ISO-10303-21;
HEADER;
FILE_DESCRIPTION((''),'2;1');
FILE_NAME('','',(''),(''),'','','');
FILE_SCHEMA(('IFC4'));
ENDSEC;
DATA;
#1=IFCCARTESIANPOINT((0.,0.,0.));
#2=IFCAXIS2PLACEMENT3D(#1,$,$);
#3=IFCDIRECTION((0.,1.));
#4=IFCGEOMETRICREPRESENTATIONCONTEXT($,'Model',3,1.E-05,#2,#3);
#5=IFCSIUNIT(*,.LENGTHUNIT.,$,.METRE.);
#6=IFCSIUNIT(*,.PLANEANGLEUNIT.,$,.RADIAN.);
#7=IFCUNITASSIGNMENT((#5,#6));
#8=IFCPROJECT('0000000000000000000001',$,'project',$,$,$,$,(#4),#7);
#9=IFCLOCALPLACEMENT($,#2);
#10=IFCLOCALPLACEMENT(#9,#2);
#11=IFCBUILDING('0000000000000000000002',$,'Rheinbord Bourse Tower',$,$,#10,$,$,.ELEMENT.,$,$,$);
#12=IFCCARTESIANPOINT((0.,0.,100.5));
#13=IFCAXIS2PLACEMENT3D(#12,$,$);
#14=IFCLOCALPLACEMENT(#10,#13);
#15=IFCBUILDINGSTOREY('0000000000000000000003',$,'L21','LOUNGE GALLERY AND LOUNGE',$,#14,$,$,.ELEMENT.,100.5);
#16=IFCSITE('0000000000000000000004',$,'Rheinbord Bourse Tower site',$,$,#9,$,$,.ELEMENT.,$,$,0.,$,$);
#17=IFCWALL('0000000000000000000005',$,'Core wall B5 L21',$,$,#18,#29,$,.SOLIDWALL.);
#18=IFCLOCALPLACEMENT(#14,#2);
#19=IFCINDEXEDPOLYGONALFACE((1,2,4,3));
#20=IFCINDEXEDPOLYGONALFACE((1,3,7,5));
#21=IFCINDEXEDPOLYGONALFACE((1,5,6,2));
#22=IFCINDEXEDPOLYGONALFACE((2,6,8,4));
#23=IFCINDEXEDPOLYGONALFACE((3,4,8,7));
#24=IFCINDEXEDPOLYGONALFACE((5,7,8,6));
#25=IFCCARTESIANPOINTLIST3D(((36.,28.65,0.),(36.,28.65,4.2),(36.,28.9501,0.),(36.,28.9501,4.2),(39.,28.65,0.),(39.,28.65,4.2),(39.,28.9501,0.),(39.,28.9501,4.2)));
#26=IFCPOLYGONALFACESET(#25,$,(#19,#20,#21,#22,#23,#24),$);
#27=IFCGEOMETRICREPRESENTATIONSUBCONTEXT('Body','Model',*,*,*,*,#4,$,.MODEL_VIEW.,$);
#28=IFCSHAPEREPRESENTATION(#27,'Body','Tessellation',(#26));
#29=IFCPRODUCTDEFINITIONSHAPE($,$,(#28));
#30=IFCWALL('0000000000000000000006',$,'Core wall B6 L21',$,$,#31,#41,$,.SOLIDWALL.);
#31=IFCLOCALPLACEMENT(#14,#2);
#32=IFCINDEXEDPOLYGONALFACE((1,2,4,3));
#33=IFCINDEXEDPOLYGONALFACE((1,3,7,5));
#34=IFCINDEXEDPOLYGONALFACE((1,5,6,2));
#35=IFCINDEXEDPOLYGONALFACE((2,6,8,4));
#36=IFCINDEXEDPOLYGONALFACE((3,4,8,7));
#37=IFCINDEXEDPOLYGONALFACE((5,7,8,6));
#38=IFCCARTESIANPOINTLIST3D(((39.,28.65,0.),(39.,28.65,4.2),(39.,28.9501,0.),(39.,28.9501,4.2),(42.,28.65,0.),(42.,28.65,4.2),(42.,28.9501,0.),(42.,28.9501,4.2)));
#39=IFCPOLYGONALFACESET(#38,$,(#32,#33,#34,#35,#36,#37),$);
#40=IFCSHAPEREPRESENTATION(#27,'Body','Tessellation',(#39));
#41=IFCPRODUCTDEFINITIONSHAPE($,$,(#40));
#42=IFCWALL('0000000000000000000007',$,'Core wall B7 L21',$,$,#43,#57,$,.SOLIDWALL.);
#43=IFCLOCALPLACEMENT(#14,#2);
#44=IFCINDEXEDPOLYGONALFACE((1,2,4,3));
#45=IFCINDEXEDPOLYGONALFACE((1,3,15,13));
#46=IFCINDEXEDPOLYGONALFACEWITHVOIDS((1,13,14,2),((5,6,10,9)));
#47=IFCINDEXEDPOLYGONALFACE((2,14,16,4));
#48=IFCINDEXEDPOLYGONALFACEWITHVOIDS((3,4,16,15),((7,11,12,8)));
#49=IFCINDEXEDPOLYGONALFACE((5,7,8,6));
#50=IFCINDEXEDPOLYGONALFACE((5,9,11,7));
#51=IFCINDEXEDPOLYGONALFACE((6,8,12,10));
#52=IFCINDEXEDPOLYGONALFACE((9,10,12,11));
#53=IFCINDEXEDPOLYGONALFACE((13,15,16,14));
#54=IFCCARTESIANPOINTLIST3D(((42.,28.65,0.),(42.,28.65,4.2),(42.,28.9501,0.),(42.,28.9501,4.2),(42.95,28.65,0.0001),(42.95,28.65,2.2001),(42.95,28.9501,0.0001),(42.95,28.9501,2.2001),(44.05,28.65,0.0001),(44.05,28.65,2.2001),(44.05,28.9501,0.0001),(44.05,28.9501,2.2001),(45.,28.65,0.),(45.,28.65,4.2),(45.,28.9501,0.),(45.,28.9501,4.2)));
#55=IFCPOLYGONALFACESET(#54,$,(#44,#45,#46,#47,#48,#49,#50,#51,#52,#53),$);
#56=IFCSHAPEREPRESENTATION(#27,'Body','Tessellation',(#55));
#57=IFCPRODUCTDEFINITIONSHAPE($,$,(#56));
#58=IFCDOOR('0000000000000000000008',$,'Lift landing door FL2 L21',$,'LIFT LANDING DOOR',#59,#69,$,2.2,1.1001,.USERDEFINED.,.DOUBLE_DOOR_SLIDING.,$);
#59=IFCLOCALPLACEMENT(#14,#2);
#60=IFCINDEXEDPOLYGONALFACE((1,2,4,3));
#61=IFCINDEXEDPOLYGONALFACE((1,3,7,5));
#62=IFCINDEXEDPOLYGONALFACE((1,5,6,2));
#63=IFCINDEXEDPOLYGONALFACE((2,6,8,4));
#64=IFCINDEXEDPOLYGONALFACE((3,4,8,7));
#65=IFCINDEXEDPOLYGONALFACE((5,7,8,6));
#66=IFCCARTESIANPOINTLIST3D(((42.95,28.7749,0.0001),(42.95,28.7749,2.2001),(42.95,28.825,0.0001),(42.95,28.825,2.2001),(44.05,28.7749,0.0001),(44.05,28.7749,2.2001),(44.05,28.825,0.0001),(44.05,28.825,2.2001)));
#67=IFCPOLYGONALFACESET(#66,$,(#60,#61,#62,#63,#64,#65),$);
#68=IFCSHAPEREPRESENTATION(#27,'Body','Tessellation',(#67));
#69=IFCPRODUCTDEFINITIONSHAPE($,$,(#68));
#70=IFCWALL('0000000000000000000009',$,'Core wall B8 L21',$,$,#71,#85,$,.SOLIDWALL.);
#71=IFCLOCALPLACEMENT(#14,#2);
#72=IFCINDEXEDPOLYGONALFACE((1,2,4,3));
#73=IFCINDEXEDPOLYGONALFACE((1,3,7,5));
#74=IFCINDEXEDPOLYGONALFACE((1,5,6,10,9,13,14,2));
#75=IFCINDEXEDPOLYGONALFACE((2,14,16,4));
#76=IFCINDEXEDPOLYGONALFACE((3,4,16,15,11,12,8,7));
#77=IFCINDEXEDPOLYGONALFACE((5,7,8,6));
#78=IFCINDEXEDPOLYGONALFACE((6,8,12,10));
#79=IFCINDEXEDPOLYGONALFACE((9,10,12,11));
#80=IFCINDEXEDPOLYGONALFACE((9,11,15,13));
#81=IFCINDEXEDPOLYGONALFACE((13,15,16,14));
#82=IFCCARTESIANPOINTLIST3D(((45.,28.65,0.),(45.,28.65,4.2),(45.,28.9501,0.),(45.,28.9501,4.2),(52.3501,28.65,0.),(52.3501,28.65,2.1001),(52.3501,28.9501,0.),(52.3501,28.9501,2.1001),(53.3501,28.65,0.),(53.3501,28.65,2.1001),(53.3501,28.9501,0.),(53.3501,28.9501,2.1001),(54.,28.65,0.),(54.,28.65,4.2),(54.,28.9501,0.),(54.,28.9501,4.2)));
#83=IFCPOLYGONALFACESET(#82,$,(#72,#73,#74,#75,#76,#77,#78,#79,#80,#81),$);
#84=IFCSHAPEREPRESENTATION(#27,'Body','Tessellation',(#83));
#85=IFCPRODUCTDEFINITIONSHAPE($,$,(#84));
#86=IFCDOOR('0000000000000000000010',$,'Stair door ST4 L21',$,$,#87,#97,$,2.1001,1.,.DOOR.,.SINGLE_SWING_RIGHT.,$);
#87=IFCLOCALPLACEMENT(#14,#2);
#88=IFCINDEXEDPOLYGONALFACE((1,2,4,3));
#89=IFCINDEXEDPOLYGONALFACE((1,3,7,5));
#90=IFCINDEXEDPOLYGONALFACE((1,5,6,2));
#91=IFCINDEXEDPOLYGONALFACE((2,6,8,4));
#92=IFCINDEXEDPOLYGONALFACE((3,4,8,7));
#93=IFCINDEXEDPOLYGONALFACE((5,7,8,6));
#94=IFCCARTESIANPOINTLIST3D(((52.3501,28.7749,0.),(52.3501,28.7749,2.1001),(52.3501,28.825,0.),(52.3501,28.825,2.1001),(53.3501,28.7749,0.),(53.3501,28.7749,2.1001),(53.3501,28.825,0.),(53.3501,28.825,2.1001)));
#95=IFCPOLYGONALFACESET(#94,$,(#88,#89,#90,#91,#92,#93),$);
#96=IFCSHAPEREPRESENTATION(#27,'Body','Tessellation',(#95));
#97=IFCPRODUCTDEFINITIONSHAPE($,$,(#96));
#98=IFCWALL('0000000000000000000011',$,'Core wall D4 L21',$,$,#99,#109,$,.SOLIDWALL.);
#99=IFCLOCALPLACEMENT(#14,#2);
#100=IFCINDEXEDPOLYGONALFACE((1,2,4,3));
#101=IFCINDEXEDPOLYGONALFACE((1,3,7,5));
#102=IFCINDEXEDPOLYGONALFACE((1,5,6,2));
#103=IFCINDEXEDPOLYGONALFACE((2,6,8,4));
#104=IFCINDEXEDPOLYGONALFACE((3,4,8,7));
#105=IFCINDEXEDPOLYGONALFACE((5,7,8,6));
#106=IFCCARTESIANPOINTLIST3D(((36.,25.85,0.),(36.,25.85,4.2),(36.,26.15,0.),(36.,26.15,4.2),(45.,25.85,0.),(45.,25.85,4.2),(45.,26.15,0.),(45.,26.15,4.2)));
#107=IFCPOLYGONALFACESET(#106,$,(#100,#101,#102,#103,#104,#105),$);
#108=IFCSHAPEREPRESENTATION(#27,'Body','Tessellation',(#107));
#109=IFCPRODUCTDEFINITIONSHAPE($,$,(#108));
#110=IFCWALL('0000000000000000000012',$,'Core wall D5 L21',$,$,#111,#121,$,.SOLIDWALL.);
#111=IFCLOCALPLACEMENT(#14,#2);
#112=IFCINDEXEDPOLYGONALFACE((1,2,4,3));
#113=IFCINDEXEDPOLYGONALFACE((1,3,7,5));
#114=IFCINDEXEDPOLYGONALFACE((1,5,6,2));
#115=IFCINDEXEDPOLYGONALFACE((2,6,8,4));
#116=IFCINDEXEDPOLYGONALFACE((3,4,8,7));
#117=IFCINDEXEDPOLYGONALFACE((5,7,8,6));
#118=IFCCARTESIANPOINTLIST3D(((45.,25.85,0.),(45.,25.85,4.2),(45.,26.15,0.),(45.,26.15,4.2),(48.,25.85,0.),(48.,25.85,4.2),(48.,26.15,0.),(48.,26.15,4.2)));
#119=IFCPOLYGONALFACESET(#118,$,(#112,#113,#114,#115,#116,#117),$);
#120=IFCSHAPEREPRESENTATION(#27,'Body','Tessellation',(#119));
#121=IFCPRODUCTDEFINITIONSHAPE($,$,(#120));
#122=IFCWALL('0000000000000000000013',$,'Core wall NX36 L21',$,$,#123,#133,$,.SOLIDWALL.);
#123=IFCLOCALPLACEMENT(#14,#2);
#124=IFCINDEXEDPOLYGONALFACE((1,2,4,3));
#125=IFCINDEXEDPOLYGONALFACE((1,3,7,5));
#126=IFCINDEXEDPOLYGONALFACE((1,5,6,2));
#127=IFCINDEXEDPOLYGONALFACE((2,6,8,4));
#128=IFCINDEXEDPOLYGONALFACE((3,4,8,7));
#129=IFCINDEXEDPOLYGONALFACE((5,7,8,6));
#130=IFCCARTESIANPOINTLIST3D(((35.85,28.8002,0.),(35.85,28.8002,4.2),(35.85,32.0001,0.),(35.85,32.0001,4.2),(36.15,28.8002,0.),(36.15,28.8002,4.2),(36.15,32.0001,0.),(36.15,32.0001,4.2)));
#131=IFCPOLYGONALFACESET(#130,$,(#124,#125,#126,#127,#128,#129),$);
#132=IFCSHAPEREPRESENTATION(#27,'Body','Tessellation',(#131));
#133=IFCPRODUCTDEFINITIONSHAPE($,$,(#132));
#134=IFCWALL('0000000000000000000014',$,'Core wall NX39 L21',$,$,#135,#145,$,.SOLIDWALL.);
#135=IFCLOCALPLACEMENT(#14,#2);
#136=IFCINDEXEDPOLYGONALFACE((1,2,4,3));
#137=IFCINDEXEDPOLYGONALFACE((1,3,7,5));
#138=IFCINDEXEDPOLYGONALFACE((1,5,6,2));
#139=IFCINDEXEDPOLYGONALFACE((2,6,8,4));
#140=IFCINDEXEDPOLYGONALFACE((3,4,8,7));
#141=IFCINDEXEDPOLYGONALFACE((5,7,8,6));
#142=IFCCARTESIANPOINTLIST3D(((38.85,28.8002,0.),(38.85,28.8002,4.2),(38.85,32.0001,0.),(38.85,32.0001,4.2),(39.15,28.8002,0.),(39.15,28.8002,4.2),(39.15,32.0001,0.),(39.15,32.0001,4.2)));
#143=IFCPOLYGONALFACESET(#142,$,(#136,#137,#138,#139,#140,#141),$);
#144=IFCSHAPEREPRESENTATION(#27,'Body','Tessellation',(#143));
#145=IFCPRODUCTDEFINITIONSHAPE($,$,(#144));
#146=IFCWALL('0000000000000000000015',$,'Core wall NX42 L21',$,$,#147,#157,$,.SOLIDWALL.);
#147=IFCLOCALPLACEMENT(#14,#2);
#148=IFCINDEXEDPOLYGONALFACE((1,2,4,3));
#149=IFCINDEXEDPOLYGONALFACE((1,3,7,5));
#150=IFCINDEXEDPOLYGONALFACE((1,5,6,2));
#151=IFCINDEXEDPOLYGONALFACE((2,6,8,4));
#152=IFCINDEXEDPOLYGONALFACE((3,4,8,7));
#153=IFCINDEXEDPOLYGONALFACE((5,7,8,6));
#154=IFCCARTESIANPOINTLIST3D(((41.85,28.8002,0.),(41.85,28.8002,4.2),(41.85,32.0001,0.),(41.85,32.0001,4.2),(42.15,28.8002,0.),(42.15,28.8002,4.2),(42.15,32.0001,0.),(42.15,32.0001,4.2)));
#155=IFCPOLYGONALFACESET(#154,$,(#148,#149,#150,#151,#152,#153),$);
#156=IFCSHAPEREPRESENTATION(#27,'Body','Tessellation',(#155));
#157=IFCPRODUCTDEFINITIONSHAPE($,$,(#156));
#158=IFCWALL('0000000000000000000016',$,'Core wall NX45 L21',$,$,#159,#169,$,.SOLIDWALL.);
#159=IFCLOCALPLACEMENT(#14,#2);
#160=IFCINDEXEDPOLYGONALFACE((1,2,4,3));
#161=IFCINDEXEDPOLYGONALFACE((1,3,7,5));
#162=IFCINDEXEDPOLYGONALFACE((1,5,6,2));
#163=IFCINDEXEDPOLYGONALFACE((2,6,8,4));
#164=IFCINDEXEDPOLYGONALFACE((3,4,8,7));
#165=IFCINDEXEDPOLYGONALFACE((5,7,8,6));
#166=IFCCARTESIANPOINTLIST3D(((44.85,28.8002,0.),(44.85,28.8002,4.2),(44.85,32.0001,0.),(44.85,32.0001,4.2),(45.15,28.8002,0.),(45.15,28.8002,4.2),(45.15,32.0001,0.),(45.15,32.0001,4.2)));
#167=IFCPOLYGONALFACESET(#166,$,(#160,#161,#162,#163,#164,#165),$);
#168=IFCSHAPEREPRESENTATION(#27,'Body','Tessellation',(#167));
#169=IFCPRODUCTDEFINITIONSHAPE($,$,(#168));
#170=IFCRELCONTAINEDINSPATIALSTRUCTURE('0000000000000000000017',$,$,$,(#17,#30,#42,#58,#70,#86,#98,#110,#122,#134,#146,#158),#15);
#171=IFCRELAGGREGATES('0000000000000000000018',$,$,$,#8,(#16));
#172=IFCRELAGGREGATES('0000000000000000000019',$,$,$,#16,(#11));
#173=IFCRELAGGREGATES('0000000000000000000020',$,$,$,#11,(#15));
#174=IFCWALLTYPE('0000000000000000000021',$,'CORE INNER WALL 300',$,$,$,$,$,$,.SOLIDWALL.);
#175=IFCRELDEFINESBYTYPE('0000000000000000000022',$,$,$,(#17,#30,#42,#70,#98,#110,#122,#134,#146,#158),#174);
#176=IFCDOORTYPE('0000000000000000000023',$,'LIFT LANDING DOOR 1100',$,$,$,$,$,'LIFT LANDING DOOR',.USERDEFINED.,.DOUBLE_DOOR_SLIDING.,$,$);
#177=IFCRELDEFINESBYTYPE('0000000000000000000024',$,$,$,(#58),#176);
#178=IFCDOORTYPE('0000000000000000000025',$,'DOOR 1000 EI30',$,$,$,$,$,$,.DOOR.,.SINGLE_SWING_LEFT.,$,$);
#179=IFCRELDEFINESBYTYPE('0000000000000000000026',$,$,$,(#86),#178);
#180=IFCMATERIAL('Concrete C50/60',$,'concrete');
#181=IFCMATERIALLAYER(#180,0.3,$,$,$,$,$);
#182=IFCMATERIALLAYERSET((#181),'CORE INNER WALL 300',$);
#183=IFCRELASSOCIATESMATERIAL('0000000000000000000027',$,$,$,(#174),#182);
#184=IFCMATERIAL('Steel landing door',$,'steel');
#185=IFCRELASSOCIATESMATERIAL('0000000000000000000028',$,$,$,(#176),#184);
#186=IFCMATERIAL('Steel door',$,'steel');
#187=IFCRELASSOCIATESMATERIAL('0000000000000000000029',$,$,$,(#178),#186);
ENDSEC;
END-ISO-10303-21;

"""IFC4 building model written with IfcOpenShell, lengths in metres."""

from ifc_helpers import new_model, si_unit, direction, frame, frame_2d, origin, place, context, subcontext, project, spatial, rectangle, extrude, material, layer, layer_set, type_object, element, fill, save


model = new_model("IFC4")

# Units and contexts
model_context = context("Model", 3, precision=1e-05, world=origin(), true_north=direction((0.0, 1.0)))
body_context = subcontext(model_context, "Body", "Model", "MODEL_VIEW")
ifc_project = project(units=[si_unit("LENGTHUNIT", "METRE"), si_unit("PLANEANGLEUNIT", "RADIAN")], contexts=[model_context])

# Site, building, storey
site_placement = place(None, origin())
site = spatial("IfcSite", under=ifc_project, at=site_placement, Name="Rheinbord Bourse Tower site", CompositionType="ELEMENT", RefElevation=0.0)
building_placement = place(site_placement, origin())
building = spatial("IfcBuilding", under=site, at=building_placement, Name="Rheinbord Bourse Tower", CompositionType="ELEMENT")
storey_placement = place(building_placement, frame((0.0, 0.0, 100.5)))
storey = spatial("IfcBuildingStorey", under=building, at=storey_placement, Name="L21", Description="LOUNGE GALLERY AND LOUNGE", CompositionType="ELEMENT", Elevation=100.5)

# Walls
ifc_material_1 = material(Name="Concrete C50/60", Category="concrete")
ifc_layer_1 = layer(ifc_material_1, 0.3)
ifc_layer_set_1 = layer_set([ifc_layer_1], Name="CORE INNER WALL 300")
wall_type_1 = type_object("IfcWallType", Name="CORE INNER WALL 300", PredefinedType="SOLIDWALL", material=ifc_layer_set_1)
for number, where, z_axis, x_axis, name in (
    (1, (36.0, 28.8, 0.0), (0.0, 0.0, 1.0), (1.0, 0.0, 0.0), "Core wall B5 L21"),
    (2, (39.0, 28.8, 0.0), (0.0, 0.0, 1.0), (1.0, 0.0, 0.0), "Core wall B6 L21"),
):
    element("IfcWall", number, at=place(storey_placement, frame(where, z_axis=z_axis, x_axis=x_axis)), inside=storey, type_object=wall_type_1, Name=name, PredefinedType="SOLIDWALL", context=body_context, shape_type="SweptSolid", body=[
        extrude(rectangle(XDim=3.0, YDim=0.3, at=frame_2d((1.5, 0.0))), origin(), (0.0, 0.0, 1.0), 4.2),
    ])

# Walls, openings, doors
wall_1_placement = place(storey_placement, frame((42.0, 28.8, 0.0), z_axis=(0.0, 0.0, 1.0), x_axis=(1.0, 0.0, 0.0)))
wall_1 = element("IfcWall", 3, at=wall_1_placement, inside=storey, type_object=wall_type_1, Name="Core wall B7 L21", PredefinedType="SOLIDWALL", context=body_context, shape_type="SweptSolid", body=[
    extrude(rectangle(XDim=3.0, YDim=0.3, at=frame_2d((1.5, 0.0))), origin(), (0.0, 0.0, 1.0), 4.2),
])
opening_1_placement = place(wall_1_placement, frame((0.95, 0.0, 0.0)))
opening_1 = element("IfcOpeningElement", 4, at=opening_1_placement, cuts=wall_1, PredefinedType="OPENING", context=body_context, shape_type="SweptSolid", body=[
    extrude(rectangle(XDim=1.1001, YDim=2.2, at=frame_2d((0.55, 1.1001))), frame((0.0, 0.1599, 0.0), z_axis=(0.0, -1.0, 0.0), x_axis=(1.0, 0.0, 0.0)), (0.0, 0.0, 1.0), 0.3201),
])
ifc_material_2 = material(Name="Steel landing door", Category="steel")
door_type_1 = type_object("IfcDoorType", Name="LIFT LANDING DOOR 1100", ElementType="LIFT LANDING DOOR", OperationType="DOUBLE_DOOR_SLIDING", PredefinedType="USERDEFINED", material=ifc_material_2)
door_1_placement = place(opening_1_placement, origin())
door_1 = element("IfcDoor", 5, at=door_1_placement, inside=storey, type_object=door_type_1, Name="Lift landing door FL2 L21", ObjectType="LIFT LANDING DOOR", OperationType="DOUBLE_DOOR_SLIDING", OverallHeight=2.2, OverallWidth=1.1001, PredefinedType="USERDEFINED", context=body_context, shape_type="SweptSolid", body=[
    extrude(rectangle(XDim=1.1001, YDim=2.2, at=frame_2d((0.55, 1.1001))), frame((0.0, 0.0249, 0.0), z_axis=(0.0, -1.0, 0.0), x_axis=(1.0, 0.0, 0.0)), (0.0, 0.0, 1.0), 0.05),
])
fill(opening_1, door_1)
wall_2_placement = place(storey_placement, frame((45.0, 28.8, 0.0), z_axis=(0.0, 0.0, 1.0), x_axis=(1.0, 0.0, 0.0)))
wall_2 = element("IfcWall", 6, at=wall_2_placement, inside=storey, type_object=wall_type_1, Name="Core wall B8 L21", PredefinedType="SOLIDWALL", context=body_context, shape_type="SweptSolid", body=[
    extrude(rectangle(XDim=9.0, YDim=0.3, at=frame_2d((4.5, 0.0))), origin(), (0.0, 0.0, 1.0), 4.2),
])
opening_2_placement = place(wall_2_placement, frame((7.3501, 0.0, 0.0)))
opening_2 = element("IfcOpeningElement", 7, at=opening_2_placement, cuts=wall_2, PredefinedType="OPENING", context=body_context, shape_type="SweptSolid", body=[
    extrude(rectangle(XDim=1.0, YDim=2.1001, at=frame_2d((0.5, 1.05))), frame((0.0, 0.1599, 0.0), z_axis=(0.0, -1.0, 0.0), x_axis=(1.0, 0.0, 0.0)), (0.0, 0.0, 1.0), 0.3201),
])
ifc_material_3 = material(Name="Steel door", Category="steel")
door_type_2 = type_object("IfcDoorType", Name="DOOR 1000 EI30", OperationType="SINGLE_SWING_LEFT", PredefinedType="DOOR", material=ifc_material_3)
door_2_placement = place(opening_2_placement, origin())
door_2 = element("IfcDoor", 8, at=door_2_placement, inside=storey, type_object=door_type_2, Name="Stair door ST4 L21", OperationType="SINGLE_SWING_RIGHT", OverallHeight=2.1001, OverallWidth=1.0, PredefinedType="DOOR", context=body_context, shape_type="SweptSolid", body=[
    extrude(rectangle(XDim=1.0, YDim=2.1001, at=frame_2d((0.5, 1.05))), frame((0.0, 0.0249, 0.0), z_axis=(0.0, -1.0, 0.0), x_axis=(1.0, 0.0, 0.0)), (0.0, 0.0, 1.0), 0.05),
])
fill(opening_2, door_2)

# Walls
wall_3_placement = place(storey_placement, frame((36.0, 26.0, 0.0), z_axis=(0.0, 0.0, 1.0), x_axis=(1.0, 0.0, 0.0)))
element("IfcWall", 9, at=wall_3_placement, inside=storey, type_object=wall_type_1, Name="Core wall D4 L21", PredefinedType="SOLIDWALL", context=body_context, shape_type="SweptSolid", body=[
    extrude(rectangle(XDim=9.0, YDim=0.3, at=frame_2d((4.5, 0.0))), origin(), (0.0, 0.0, 1.0), 4.2),
])
wall_4_placement = place(storey_placement, frame((45.0, 26.0, 0.0), z_axis=(0.0, 0.0, 1.0), x_axis=(1.0, 0.0, 0.0)))
element("IfcWall", 10, at=wall_4_placement, inside=storey, type_object=wall_type_1, Name="Core wall D5 L21", PredefinedType="SOLIDWALL", context=body_context, shape_type="SweptSolid", body=[
    extrude(rectangle(XDim=3.0, YDim=0.3, at=frame_2d((1.5, 0.0))), origin(), (0.0, 0.0, 1.0), 4.2),
])
for number, where, z_axis, x_axis, name in (
    (11, (36.0, 28.8, 0.0), (0.0, 0.0, 1.0), (0.0, 1.0, 0.0), "Core wall NX36 L21"),
    (12, (39.0, 28.8, 0.0), (0.0, 0.0, 1.0), (0.0, 1.0, 0.0), "Core wall NX39 L21"),
    (13, (42.0, 28.8, 0.0), (0.0, 0.0, 1.0), (0.0, 1.0, 0.0), "Core wall NX42 L21"),
    (14, (45.0, 28.8, 0.0), (0.0, 0.0, 1.0), (0.0, 1.0, 0.0), "Core wall NX45 L21"),
):
    element("IfcWall", number, at=place(storey_placement, frame(where, z_axis=z_axis, x_axis=x_axis)), inside=storey, type_object=wall_type_1, Name=name, PredefinedType="SOLIDWALL", context=body_context, shape_type="SweptSolid", body=[
        extrude(rectangle(XDim=3.2, YDim=0.3, at=frame_2d((1.6001, 0.0))), origin(), (0.0, 0.0, 1.0), 4.2),
    ])

save(model, "model.ifc")
